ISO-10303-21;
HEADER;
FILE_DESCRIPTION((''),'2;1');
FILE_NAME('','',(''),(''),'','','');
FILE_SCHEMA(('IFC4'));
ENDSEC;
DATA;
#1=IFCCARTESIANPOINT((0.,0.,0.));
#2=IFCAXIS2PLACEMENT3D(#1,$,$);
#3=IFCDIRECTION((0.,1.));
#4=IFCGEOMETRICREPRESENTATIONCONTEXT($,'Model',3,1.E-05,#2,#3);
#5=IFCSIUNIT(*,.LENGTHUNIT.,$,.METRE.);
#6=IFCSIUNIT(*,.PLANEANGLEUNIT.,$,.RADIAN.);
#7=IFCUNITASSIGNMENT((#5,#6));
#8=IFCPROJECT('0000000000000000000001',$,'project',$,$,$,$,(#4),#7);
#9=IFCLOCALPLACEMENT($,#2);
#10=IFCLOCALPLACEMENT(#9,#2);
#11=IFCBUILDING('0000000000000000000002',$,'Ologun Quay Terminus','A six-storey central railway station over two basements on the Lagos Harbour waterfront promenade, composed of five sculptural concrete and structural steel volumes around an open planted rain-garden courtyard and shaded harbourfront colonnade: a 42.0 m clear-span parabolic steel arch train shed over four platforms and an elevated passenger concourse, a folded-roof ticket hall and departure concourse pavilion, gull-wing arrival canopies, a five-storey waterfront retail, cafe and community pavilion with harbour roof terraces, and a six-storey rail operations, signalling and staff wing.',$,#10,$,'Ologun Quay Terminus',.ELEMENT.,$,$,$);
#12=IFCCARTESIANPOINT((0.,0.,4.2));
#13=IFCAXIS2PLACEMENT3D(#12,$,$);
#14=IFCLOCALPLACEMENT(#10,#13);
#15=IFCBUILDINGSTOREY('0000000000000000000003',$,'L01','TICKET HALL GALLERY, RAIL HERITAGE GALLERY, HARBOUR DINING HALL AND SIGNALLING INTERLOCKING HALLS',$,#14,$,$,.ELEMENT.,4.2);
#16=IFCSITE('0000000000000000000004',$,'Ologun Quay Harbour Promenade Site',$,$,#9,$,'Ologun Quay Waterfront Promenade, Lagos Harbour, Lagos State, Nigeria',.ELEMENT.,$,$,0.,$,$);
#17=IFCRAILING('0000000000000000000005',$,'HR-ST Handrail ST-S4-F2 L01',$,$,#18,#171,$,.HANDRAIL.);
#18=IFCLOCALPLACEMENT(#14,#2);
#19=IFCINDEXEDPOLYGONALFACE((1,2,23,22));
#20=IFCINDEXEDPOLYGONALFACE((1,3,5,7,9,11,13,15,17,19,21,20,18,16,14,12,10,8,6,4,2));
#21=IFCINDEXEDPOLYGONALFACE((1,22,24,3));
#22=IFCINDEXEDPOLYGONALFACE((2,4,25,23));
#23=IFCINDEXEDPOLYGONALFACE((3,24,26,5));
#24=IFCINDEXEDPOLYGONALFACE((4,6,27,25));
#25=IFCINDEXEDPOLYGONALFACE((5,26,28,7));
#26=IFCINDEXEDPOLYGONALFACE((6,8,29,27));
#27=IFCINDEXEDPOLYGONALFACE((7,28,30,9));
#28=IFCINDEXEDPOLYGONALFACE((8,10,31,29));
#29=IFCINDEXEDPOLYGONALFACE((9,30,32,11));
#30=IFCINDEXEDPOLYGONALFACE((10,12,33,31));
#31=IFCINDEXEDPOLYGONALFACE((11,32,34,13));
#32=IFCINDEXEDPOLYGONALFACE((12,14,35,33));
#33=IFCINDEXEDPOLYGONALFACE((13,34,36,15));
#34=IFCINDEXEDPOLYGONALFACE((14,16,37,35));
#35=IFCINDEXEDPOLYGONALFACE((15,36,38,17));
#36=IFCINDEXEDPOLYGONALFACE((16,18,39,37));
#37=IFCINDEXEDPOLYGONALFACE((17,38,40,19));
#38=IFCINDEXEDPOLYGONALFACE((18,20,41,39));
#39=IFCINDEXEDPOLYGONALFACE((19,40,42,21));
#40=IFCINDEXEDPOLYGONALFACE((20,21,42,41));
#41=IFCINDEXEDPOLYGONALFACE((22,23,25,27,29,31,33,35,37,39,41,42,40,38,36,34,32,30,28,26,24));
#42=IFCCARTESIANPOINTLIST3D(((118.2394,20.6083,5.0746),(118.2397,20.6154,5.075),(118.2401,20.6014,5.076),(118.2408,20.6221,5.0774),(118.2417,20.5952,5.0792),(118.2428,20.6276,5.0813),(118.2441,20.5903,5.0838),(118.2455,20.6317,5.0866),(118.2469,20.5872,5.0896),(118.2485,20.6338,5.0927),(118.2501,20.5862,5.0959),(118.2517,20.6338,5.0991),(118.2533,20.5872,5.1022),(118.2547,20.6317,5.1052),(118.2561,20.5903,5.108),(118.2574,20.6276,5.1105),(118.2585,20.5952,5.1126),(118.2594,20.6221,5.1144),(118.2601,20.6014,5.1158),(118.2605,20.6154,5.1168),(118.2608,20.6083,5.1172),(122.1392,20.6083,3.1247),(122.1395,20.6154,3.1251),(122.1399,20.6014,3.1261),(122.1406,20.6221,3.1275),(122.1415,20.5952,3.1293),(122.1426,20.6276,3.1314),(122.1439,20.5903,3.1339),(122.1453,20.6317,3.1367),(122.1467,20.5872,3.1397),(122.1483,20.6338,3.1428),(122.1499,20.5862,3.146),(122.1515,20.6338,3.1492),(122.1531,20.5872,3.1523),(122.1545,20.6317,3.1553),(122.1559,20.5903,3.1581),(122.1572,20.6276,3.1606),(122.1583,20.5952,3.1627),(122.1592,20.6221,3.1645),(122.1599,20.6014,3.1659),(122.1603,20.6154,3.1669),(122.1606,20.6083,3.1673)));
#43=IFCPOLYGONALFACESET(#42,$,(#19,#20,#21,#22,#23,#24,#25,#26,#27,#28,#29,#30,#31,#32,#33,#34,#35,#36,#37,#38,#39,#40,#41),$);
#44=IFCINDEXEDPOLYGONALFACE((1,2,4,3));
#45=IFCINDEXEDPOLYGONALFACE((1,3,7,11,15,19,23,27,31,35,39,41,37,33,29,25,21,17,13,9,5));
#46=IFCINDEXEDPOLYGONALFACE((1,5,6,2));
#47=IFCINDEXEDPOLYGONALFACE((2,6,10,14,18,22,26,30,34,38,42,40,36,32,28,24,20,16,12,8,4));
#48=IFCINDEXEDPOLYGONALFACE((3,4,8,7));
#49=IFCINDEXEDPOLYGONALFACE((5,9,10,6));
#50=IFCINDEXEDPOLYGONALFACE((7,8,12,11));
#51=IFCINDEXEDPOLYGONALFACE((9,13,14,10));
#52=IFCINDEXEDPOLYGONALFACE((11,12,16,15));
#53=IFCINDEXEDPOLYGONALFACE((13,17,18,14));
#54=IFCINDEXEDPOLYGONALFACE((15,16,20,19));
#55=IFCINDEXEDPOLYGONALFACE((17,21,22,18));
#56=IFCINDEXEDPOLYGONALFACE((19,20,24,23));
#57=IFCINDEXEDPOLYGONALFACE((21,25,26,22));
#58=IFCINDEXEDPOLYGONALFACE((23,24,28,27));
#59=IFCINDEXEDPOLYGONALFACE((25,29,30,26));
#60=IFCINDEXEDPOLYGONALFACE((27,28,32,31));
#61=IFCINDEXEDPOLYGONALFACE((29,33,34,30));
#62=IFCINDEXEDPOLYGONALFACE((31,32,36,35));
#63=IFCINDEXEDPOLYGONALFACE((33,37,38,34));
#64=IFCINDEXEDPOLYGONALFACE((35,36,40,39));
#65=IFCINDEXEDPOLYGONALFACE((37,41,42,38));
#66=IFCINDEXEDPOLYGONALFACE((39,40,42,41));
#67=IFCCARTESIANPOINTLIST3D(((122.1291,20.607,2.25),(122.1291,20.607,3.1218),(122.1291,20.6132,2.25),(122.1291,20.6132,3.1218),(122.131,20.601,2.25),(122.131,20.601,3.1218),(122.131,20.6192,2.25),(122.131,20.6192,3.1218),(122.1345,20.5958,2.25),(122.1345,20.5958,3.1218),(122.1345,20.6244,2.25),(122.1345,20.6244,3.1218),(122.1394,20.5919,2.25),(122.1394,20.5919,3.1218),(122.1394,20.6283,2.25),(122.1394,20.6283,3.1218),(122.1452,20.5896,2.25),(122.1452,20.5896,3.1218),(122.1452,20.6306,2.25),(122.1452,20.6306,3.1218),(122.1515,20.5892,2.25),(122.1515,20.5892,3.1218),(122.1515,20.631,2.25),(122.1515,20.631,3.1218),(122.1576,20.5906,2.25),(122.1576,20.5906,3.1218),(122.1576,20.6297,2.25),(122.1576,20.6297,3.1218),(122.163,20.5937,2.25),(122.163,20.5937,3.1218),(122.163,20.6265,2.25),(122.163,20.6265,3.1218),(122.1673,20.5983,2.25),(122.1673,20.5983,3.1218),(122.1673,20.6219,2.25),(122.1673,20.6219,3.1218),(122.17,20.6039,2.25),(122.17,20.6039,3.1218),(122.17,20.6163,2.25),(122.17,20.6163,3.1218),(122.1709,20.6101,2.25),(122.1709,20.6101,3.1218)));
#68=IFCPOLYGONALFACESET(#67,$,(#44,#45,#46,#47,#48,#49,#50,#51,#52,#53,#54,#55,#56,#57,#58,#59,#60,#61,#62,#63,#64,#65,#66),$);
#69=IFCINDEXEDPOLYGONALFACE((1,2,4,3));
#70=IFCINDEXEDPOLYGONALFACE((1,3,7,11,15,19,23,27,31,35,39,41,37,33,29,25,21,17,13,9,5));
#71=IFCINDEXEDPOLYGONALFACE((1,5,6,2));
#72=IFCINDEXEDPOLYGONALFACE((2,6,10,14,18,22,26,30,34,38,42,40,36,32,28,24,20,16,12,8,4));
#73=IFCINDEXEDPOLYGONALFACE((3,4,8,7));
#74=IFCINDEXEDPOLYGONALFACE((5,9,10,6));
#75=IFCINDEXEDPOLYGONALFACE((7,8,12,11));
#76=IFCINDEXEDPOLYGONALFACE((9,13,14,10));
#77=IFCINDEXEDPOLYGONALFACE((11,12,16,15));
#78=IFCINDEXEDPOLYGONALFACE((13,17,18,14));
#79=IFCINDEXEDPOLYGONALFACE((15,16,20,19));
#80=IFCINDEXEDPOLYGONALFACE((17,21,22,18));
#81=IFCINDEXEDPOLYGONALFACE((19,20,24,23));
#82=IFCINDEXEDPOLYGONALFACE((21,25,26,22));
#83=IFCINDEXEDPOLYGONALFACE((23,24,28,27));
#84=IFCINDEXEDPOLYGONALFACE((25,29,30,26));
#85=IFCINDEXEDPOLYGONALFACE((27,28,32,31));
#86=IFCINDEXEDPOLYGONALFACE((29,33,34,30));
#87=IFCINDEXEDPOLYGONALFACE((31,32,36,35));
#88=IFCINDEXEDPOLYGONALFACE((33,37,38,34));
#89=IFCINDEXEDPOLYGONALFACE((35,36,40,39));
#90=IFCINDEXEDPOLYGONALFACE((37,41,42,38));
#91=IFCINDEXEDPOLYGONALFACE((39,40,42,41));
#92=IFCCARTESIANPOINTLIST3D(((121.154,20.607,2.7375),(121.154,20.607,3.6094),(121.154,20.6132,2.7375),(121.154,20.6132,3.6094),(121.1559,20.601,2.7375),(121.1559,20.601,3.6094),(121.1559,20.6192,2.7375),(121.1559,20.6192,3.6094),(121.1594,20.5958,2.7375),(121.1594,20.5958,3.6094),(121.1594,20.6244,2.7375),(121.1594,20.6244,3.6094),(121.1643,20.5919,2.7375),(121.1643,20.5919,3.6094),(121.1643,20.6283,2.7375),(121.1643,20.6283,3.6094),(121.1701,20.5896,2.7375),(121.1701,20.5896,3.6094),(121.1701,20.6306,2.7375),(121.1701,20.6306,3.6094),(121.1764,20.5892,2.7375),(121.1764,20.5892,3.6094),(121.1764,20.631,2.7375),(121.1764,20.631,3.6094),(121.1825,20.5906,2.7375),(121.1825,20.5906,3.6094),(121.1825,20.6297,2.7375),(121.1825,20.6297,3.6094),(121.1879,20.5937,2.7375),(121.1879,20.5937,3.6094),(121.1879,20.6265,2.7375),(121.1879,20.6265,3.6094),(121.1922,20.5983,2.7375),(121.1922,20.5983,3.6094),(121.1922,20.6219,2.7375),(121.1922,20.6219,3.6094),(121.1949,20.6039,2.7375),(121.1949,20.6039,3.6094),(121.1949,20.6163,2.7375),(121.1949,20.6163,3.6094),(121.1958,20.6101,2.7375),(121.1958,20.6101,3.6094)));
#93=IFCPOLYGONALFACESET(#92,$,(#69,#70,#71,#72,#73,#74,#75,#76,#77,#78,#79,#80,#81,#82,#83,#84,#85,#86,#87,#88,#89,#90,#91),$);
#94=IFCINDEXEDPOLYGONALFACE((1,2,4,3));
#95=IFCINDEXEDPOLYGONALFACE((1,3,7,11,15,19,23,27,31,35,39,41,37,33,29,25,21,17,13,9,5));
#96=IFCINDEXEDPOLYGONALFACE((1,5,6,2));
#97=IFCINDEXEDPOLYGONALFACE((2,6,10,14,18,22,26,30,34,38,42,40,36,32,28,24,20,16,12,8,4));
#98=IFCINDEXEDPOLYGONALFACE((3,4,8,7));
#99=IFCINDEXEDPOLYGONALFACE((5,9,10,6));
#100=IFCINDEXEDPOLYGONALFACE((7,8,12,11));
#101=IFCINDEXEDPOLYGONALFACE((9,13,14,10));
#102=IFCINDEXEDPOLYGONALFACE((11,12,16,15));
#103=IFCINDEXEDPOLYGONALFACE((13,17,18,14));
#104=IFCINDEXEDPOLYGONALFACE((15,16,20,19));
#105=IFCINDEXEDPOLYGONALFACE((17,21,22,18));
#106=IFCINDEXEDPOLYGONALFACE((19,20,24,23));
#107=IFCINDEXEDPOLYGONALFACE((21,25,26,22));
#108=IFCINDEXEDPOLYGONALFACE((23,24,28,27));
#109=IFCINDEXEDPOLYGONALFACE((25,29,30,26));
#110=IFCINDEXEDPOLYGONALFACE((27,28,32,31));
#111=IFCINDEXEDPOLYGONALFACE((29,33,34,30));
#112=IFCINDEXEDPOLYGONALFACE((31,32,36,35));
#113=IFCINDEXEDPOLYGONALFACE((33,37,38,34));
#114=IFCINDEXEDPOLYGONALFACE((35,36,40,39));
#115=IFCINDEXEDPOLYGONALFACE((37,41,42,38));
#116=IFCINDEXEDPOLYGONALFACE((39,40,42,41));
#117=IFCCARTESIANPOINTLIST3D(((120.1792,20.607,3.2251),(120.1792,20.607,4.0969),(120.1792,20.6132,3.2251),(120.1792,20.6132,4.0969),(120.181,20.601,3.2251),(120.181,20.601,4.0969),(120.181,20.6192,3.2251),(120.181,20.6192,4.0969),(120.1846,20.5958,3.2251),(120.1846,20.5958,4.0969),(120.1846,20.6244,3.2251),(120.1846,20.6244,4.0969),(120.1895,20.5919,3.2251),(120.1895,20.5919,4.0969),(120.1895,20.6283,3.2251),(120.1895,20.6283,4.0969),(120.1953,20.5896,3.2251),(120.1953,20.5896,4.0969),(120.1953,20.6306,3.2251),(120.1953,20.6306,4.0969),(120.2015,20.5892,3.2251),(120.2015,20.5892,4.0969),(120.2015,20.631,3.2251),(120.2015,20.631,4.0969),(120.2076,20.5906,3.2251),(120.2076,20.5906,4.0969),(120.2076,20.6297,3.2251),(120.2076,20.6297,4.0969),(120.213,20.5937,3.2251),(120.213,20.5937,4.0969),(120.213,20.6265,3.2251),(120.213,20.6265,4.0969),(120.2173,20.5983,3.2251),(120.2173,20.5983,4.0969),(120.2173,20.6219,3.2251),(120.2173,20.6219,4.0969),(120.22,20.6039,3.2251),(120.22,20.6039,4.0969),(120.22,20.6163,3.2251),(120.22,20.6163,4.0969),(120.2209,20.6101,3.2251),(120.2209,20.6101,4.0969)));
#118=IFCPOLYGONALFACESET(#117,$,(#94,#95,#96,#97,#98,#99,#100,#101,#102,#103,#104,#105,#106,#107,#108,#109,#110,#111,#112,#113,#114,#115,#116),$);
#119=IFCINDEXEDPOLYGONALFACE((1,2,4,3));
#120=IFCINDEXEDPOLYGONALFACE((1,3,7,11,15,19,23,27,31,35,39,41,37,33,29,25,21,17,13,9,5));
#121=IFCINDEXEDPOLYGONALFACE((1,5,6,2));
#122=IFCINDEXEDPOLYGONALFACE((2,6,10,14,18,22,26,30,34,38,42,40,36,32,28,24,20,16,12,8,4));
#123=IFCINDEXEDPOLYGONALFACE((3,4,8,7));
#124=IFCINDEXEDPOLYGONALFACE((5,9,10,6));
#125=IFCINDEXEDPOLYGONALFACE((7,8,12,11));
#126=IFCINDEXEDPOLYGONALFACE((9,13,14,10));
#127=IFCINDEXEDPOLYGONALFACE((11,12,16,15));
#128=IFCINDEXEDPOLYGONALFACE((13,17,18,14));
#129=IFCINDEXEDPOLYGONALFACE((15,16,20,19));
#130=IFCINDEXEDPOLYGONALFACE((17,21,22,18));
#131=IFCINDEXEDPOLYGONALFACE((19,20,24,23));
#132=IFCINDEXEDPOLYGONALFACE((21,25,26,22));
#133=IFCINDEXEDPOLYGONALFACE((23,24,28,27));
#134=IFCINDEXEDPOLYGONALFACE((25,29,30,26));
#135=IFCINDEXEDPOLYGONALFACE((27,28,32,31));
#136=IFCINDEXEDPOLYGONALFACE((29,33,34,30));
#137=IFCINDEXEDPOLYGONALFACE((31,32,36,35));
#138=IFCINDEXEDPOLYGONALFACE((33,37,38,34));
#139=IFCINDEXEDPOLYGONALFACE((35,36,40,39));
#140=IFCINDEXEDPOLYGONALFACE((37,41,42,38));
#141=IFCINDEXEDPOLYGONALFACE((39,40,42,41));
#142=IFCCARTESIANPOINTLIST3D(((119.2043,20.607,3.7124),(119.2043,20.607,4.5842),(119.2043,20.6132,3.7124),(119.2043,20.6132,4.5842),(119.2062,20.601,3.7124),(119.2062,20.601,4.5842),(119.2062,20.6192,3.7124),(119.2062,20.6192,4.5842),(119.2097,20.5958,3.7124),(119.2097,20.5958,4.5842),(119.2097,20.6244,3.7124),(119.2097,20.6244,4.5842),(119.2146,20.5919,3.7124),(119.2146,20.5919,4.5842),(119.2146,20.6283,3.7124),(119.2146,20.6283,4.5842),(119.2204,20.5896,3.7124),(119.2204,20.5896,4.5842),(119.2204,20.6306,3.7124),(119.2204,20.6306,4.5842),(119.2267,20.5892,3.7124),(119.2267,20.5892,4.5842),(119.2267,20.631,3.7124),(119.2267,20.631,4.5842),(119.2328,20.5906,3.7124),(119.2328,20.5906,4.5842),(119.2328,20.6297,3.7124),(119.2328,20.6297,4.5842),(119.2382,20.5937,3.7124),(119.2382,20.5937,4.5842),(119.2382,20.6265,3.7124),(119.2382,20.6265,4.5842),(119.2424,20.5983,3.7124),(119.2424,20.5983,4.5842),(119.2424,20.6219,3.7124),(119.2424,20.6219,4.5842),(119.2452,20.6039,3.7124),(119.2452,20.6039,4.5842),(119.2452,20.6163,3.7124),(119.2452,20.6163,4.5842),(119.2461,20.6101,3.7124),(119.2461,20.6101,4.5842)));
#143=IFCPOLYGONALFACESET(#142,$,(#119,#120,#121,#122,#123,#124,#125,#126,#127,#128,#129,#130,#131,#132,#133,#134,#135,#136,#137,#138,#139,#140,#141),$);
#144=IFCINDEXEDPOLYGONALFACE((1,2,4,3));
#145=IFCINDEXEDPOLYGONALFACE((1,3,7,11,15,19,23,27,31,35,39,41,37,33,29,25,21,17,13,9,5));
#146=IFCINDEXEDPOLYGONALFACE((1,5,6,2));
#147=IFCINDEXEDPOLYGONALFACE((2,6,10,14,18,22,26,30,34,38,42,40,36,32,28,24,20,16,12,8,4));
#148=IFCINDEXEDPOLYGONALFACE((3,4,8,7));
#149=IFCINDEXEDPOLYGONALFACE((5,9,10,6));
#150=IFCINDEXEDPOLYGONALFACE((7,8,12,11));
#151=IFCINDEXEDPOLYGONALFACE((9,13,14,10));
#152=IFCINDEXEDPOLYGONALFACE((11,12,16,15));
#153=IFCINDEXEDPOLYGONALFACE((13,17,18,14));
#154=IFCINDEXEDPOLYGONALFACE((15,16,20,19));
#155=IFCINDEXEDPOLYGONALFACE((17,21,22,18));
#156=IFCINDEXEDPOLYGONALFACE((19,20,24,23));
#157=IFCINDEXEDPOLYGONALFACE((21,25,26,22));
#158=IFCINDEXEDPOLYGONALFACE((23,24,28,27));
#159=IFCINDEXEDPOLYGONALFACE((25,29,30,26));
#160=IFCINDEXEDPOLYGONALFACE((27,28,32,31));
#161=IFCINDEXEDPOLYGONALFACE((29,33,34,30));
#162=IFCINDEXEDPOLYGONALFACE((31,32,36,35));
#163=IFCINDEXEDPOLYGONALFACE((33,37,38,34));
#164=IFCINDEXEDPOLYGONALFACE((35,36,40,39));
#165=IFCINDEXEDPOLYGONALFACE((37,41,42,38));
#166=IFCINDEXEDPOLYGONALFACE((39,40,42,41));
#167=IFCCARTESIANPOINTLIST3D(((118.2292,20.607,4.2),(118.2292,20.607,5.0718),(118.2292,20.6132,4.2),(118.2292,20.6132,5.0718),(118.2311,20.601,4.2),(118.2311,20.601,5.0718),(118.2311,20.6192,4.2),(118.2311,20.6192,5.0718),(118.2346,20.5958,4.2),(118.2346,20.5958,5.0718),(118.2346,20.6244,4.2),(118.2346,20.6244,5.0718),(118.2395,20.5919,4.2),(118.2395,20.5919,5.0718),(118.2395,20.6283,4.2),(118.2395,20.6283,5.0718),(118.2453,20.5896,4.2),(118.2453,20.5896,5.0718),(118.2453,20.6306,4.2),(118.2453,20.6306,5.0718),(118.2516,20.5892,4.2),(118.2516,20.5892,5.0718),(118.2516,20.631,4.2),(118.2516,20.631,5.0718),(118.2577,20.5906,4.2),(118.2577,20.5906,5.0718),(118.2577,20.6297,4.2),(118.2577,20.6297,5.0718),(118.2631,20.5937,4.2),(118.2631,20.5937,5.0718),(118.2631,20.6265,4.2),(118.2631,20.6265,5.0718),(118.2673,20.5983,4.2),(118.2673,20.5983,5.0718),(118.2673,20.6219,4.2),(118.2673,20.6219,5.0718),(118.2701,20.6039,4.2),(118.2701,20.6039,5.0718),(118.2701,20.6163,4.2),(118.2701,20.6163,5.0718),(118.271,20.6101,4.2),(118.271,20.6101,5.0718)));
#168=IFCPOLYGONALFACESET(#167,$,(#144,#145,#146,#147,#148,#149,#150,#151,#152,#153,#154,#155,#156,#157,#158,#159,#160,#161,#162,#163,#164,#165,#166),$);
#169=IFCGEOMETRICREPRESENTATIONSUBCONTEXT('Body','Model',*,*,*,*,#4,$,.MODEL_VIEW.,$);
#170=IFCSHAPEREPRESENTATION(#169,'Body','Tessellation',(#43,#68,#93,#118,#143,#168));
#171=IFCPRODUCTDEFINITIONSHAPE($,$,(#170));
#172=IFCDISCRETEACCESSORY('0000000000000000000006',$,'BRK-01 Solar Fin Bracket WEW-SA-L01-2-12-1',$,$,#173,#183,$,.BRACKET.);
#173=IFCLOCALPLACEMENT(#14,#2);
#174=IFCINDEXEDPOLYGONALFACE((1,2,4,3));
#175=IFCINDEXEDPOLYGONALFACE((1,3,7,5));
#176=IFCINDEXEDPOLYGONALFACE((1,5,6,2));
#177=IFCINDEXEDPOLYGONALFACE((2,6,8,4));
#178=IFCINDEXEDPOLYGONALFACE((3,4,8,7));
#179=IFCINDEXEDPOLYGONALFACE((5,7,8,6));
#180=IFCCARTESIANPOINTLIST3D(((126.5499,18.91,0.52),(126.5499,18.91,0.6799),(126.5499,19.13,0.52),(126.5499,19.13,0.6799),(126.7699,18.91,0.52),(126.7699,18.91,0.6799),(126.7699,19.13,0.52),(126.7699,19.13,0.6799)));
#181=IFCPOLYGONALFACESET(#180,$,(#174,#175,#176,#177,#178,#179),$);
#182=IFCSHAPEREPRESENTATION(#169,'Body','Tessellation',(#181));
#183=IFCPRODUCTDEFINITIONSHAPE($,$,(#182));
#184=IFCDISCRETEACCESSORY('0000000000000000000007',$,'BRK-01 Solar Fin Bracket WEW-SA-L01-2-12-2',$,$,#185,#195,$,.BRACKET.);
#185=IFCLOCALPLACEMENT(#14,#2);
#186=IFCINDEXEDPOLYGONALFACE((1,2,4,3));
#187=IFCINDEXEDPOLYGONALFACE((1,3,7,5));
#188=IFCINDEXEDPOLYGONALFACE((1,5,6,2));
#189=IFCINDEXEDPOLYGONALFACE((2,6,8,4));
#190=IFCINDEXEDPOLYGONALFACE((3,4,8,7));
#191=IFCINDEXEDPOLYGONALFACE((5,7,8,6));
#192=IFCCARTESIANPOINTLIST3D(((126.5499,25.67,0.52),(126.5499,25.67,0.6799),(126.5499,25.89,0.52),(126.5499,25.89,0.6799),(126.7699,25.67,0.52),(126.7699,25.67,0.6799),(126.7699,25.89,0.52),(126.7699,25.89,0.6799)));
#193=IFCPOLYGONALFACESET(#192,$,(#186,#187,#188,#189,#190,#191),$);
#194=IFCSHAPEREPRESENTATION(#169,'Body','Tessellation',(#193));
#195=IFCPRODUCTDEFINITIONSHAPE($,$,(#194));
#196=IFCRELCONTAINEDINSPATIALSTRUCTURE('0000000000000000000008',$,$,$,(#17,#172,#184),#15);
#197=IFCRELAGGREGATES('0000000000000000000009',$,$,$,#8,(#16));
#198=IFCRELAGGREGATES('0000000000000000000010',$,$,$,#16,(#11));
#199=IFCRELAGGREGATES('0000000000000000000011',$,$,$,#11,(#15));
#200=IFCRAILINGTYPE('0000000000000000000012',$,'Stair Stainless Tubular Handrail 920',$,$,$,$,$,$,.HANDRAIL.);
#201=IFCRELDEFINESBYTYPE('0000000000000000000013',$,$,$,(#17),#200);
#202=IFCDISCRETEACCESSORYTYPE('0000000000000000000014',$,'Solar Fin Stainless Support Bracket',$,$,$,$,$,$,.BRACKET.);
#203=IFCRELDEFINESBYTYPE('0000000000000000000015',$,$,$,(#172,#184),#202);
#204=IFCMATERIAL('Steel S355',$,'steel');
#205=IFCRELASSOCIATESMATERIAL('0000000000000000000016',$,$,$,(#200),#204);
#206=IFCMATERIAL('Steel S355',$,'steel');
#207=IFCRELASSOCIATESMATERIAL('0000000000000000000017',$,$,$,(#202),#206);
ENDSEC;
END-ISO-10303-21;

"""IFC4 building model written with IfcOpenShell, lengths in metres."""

from ifc_helpers import new_model, si_unit, direction, frame, origin, origin_2d, place, context, subcontext, project, spatial, rectangle, circle, extrude, material, type_object, element, save


model = new_model("IFC4")

# Units and contexts
model_context = context("Model", 3, precision=1e-05, world=origin(), true_north=direction((0.0, 1.0)))
body_context = subcontext(model_context, "Body", "Model", "MODEL_VIEW")
ifc_project = project(units=[si_unit("LENGTHUNIT", "METRE"), si_unit("PLANEANGLEUNIT", "RADIAN")], contexts=[model_context])

# Site, building, storey
site_placement = place(None, origin())
site = spatial("IfcSite", under=ifc_project, at=site_placement, Name="Ologun Quay Harbour Promenade Site", LongName="Ologun Quay Waterfront Promenade, Lagos Harbour, Lagos State, Nigeria", CompositionType="ELEMENT", RefElevation=0.0)
building_placement = place(site_placement, origin())
building = spatial("IfcBuilding", under=site, at=building_placement, Name="Ologun Quay Terminus", Description="A six-storey central railway station over two basements on the Lagos Harbour waterfront promenade, composed of five sculptural concrete and structural steel volumes around an open planted rain-garden courtyard and shaded harbourfront colonnade: a 42.0 m clear-span parabolic steel arch train shed over four platforms and an elevated passenger concourse, a folded-roof ticket hall and departure concourse pavilion, gull-wing arrival canopies, a five-storey waterfront retail, cafe and community pavilion with harbour roof terraces, and a six-storey rail operations, signalling and staff wing.", LongName="Ologun Quay Terminus", CompositionType="ELEMENT")
storey_placement = place(building_placement, frame((0.0, 0.0, 4.2)))
storey = spatial("IfcBuildingStorey", under=building, at=storey_placement, Name="L01", Description="TICKET HALL GALLERY, RAIL HERITAGE GALLERY, HARBOUR DINING HALL AND SIGNALLING INTERLOCKING HALLS", CompositionType="ELEMENT", Elevation=4.2)

# Railing
ifc_material_1 = material(Name="Steel S355", Category="steel")
railing_type = type_object("IfcRailingType", Name="Stair Stainless Tubular Handrail 920", PredefinedType="HANDRAIL", material=ifc_material_1)
railing_placement = place(storey_placement, frame((122.1499, 20.6101, 2.25)))
element("IfcRailing", 1, at=railing_placement, inside=storey, type_object=railing_type, Name="HR-ST Handrail ST-S4-F2 L01", PredefinedType="HANDRAIL", context=body_context, shape_type="SweptSolid", body=[
    extrude(circle(Radius=0.0239, at=origin_2d()), frame((0.0, 0.0, 0.896), z_axis=(-0.894427, 0.0, 0.447214), x_axis=(0.0, -1.0, 0.0)), (0.0, 0.0, 1.0), 4.3601),
    extrude(circle(Radius=0.021, at=origin_2d()), origin(), (0.0, 0.0, 1.0), 0.8718),
    extrude(circle(Radius=0.021, at=origin_2d()), frame((-0.9751, 0.0, 0.4875)), (0.0, 0.0, 1.0), 0.8718),
    extrude(circle(Radius=0.021, at=origin_2d()), frame((-1.95, 0.0, 0.9751)), (0.0, 0.0, 1.0), 0.8718),
    extrude(circle(Radius=0.021, at=origin_2d()), frame((-2.9248, 0.0, 1.4624)), (0.0, 0.0, 1.0), 0.8718),
    extrude(circle(Radius=0.021, at=origin_2d()), frame((-3.8999, 0.0, 1.95)), (0.0, 0.0, 1.0), 0.8718),
])

# Discrete accessories
ifc_material_2 = material(Name="Steel S355", Category="steel")
discrete_accessory_type = type_object("IfcDiscreteAccessoryType", Name="Solar Fin Stainless Support Bracket", PredefinedType="BRACKET", material=ifc_material_2)
for number, where, z_axis, x_axis, name in (
    (2, (126.6599, 19.02, 0.52), (0.0, 0.0, 1.0), (1.0, 0.0, 0.0), "BRK-01 Solar Fin Bracket WEW-SA-L01-2-12-1"),
    (3, (126.6599, 25.78, 0.52), (0.0, 0.0, 1.0), (1.0, 0.0, 0.0), "BRK-01 Solar Fin Bracket WEW-SA-L01-2-12-2"),
):
    element("IfcDiscreteAccessory", number, at=place(storey_placement, frame(where, z_axis=z_axis, x_axis=x_axis)), inside=storey, type_object=discrete_accessory_type, Name=name, PredefinedType="BRACKET", context=body_context, shape_type="SweptSolid", body=[
        extrude(rectangle(XDim=0.22, YDim=0.22, at=origin_2d()), origin(), (0.0, 0.0, 1.0), 0.1599),
    ])

save(model, "model.ifc")
